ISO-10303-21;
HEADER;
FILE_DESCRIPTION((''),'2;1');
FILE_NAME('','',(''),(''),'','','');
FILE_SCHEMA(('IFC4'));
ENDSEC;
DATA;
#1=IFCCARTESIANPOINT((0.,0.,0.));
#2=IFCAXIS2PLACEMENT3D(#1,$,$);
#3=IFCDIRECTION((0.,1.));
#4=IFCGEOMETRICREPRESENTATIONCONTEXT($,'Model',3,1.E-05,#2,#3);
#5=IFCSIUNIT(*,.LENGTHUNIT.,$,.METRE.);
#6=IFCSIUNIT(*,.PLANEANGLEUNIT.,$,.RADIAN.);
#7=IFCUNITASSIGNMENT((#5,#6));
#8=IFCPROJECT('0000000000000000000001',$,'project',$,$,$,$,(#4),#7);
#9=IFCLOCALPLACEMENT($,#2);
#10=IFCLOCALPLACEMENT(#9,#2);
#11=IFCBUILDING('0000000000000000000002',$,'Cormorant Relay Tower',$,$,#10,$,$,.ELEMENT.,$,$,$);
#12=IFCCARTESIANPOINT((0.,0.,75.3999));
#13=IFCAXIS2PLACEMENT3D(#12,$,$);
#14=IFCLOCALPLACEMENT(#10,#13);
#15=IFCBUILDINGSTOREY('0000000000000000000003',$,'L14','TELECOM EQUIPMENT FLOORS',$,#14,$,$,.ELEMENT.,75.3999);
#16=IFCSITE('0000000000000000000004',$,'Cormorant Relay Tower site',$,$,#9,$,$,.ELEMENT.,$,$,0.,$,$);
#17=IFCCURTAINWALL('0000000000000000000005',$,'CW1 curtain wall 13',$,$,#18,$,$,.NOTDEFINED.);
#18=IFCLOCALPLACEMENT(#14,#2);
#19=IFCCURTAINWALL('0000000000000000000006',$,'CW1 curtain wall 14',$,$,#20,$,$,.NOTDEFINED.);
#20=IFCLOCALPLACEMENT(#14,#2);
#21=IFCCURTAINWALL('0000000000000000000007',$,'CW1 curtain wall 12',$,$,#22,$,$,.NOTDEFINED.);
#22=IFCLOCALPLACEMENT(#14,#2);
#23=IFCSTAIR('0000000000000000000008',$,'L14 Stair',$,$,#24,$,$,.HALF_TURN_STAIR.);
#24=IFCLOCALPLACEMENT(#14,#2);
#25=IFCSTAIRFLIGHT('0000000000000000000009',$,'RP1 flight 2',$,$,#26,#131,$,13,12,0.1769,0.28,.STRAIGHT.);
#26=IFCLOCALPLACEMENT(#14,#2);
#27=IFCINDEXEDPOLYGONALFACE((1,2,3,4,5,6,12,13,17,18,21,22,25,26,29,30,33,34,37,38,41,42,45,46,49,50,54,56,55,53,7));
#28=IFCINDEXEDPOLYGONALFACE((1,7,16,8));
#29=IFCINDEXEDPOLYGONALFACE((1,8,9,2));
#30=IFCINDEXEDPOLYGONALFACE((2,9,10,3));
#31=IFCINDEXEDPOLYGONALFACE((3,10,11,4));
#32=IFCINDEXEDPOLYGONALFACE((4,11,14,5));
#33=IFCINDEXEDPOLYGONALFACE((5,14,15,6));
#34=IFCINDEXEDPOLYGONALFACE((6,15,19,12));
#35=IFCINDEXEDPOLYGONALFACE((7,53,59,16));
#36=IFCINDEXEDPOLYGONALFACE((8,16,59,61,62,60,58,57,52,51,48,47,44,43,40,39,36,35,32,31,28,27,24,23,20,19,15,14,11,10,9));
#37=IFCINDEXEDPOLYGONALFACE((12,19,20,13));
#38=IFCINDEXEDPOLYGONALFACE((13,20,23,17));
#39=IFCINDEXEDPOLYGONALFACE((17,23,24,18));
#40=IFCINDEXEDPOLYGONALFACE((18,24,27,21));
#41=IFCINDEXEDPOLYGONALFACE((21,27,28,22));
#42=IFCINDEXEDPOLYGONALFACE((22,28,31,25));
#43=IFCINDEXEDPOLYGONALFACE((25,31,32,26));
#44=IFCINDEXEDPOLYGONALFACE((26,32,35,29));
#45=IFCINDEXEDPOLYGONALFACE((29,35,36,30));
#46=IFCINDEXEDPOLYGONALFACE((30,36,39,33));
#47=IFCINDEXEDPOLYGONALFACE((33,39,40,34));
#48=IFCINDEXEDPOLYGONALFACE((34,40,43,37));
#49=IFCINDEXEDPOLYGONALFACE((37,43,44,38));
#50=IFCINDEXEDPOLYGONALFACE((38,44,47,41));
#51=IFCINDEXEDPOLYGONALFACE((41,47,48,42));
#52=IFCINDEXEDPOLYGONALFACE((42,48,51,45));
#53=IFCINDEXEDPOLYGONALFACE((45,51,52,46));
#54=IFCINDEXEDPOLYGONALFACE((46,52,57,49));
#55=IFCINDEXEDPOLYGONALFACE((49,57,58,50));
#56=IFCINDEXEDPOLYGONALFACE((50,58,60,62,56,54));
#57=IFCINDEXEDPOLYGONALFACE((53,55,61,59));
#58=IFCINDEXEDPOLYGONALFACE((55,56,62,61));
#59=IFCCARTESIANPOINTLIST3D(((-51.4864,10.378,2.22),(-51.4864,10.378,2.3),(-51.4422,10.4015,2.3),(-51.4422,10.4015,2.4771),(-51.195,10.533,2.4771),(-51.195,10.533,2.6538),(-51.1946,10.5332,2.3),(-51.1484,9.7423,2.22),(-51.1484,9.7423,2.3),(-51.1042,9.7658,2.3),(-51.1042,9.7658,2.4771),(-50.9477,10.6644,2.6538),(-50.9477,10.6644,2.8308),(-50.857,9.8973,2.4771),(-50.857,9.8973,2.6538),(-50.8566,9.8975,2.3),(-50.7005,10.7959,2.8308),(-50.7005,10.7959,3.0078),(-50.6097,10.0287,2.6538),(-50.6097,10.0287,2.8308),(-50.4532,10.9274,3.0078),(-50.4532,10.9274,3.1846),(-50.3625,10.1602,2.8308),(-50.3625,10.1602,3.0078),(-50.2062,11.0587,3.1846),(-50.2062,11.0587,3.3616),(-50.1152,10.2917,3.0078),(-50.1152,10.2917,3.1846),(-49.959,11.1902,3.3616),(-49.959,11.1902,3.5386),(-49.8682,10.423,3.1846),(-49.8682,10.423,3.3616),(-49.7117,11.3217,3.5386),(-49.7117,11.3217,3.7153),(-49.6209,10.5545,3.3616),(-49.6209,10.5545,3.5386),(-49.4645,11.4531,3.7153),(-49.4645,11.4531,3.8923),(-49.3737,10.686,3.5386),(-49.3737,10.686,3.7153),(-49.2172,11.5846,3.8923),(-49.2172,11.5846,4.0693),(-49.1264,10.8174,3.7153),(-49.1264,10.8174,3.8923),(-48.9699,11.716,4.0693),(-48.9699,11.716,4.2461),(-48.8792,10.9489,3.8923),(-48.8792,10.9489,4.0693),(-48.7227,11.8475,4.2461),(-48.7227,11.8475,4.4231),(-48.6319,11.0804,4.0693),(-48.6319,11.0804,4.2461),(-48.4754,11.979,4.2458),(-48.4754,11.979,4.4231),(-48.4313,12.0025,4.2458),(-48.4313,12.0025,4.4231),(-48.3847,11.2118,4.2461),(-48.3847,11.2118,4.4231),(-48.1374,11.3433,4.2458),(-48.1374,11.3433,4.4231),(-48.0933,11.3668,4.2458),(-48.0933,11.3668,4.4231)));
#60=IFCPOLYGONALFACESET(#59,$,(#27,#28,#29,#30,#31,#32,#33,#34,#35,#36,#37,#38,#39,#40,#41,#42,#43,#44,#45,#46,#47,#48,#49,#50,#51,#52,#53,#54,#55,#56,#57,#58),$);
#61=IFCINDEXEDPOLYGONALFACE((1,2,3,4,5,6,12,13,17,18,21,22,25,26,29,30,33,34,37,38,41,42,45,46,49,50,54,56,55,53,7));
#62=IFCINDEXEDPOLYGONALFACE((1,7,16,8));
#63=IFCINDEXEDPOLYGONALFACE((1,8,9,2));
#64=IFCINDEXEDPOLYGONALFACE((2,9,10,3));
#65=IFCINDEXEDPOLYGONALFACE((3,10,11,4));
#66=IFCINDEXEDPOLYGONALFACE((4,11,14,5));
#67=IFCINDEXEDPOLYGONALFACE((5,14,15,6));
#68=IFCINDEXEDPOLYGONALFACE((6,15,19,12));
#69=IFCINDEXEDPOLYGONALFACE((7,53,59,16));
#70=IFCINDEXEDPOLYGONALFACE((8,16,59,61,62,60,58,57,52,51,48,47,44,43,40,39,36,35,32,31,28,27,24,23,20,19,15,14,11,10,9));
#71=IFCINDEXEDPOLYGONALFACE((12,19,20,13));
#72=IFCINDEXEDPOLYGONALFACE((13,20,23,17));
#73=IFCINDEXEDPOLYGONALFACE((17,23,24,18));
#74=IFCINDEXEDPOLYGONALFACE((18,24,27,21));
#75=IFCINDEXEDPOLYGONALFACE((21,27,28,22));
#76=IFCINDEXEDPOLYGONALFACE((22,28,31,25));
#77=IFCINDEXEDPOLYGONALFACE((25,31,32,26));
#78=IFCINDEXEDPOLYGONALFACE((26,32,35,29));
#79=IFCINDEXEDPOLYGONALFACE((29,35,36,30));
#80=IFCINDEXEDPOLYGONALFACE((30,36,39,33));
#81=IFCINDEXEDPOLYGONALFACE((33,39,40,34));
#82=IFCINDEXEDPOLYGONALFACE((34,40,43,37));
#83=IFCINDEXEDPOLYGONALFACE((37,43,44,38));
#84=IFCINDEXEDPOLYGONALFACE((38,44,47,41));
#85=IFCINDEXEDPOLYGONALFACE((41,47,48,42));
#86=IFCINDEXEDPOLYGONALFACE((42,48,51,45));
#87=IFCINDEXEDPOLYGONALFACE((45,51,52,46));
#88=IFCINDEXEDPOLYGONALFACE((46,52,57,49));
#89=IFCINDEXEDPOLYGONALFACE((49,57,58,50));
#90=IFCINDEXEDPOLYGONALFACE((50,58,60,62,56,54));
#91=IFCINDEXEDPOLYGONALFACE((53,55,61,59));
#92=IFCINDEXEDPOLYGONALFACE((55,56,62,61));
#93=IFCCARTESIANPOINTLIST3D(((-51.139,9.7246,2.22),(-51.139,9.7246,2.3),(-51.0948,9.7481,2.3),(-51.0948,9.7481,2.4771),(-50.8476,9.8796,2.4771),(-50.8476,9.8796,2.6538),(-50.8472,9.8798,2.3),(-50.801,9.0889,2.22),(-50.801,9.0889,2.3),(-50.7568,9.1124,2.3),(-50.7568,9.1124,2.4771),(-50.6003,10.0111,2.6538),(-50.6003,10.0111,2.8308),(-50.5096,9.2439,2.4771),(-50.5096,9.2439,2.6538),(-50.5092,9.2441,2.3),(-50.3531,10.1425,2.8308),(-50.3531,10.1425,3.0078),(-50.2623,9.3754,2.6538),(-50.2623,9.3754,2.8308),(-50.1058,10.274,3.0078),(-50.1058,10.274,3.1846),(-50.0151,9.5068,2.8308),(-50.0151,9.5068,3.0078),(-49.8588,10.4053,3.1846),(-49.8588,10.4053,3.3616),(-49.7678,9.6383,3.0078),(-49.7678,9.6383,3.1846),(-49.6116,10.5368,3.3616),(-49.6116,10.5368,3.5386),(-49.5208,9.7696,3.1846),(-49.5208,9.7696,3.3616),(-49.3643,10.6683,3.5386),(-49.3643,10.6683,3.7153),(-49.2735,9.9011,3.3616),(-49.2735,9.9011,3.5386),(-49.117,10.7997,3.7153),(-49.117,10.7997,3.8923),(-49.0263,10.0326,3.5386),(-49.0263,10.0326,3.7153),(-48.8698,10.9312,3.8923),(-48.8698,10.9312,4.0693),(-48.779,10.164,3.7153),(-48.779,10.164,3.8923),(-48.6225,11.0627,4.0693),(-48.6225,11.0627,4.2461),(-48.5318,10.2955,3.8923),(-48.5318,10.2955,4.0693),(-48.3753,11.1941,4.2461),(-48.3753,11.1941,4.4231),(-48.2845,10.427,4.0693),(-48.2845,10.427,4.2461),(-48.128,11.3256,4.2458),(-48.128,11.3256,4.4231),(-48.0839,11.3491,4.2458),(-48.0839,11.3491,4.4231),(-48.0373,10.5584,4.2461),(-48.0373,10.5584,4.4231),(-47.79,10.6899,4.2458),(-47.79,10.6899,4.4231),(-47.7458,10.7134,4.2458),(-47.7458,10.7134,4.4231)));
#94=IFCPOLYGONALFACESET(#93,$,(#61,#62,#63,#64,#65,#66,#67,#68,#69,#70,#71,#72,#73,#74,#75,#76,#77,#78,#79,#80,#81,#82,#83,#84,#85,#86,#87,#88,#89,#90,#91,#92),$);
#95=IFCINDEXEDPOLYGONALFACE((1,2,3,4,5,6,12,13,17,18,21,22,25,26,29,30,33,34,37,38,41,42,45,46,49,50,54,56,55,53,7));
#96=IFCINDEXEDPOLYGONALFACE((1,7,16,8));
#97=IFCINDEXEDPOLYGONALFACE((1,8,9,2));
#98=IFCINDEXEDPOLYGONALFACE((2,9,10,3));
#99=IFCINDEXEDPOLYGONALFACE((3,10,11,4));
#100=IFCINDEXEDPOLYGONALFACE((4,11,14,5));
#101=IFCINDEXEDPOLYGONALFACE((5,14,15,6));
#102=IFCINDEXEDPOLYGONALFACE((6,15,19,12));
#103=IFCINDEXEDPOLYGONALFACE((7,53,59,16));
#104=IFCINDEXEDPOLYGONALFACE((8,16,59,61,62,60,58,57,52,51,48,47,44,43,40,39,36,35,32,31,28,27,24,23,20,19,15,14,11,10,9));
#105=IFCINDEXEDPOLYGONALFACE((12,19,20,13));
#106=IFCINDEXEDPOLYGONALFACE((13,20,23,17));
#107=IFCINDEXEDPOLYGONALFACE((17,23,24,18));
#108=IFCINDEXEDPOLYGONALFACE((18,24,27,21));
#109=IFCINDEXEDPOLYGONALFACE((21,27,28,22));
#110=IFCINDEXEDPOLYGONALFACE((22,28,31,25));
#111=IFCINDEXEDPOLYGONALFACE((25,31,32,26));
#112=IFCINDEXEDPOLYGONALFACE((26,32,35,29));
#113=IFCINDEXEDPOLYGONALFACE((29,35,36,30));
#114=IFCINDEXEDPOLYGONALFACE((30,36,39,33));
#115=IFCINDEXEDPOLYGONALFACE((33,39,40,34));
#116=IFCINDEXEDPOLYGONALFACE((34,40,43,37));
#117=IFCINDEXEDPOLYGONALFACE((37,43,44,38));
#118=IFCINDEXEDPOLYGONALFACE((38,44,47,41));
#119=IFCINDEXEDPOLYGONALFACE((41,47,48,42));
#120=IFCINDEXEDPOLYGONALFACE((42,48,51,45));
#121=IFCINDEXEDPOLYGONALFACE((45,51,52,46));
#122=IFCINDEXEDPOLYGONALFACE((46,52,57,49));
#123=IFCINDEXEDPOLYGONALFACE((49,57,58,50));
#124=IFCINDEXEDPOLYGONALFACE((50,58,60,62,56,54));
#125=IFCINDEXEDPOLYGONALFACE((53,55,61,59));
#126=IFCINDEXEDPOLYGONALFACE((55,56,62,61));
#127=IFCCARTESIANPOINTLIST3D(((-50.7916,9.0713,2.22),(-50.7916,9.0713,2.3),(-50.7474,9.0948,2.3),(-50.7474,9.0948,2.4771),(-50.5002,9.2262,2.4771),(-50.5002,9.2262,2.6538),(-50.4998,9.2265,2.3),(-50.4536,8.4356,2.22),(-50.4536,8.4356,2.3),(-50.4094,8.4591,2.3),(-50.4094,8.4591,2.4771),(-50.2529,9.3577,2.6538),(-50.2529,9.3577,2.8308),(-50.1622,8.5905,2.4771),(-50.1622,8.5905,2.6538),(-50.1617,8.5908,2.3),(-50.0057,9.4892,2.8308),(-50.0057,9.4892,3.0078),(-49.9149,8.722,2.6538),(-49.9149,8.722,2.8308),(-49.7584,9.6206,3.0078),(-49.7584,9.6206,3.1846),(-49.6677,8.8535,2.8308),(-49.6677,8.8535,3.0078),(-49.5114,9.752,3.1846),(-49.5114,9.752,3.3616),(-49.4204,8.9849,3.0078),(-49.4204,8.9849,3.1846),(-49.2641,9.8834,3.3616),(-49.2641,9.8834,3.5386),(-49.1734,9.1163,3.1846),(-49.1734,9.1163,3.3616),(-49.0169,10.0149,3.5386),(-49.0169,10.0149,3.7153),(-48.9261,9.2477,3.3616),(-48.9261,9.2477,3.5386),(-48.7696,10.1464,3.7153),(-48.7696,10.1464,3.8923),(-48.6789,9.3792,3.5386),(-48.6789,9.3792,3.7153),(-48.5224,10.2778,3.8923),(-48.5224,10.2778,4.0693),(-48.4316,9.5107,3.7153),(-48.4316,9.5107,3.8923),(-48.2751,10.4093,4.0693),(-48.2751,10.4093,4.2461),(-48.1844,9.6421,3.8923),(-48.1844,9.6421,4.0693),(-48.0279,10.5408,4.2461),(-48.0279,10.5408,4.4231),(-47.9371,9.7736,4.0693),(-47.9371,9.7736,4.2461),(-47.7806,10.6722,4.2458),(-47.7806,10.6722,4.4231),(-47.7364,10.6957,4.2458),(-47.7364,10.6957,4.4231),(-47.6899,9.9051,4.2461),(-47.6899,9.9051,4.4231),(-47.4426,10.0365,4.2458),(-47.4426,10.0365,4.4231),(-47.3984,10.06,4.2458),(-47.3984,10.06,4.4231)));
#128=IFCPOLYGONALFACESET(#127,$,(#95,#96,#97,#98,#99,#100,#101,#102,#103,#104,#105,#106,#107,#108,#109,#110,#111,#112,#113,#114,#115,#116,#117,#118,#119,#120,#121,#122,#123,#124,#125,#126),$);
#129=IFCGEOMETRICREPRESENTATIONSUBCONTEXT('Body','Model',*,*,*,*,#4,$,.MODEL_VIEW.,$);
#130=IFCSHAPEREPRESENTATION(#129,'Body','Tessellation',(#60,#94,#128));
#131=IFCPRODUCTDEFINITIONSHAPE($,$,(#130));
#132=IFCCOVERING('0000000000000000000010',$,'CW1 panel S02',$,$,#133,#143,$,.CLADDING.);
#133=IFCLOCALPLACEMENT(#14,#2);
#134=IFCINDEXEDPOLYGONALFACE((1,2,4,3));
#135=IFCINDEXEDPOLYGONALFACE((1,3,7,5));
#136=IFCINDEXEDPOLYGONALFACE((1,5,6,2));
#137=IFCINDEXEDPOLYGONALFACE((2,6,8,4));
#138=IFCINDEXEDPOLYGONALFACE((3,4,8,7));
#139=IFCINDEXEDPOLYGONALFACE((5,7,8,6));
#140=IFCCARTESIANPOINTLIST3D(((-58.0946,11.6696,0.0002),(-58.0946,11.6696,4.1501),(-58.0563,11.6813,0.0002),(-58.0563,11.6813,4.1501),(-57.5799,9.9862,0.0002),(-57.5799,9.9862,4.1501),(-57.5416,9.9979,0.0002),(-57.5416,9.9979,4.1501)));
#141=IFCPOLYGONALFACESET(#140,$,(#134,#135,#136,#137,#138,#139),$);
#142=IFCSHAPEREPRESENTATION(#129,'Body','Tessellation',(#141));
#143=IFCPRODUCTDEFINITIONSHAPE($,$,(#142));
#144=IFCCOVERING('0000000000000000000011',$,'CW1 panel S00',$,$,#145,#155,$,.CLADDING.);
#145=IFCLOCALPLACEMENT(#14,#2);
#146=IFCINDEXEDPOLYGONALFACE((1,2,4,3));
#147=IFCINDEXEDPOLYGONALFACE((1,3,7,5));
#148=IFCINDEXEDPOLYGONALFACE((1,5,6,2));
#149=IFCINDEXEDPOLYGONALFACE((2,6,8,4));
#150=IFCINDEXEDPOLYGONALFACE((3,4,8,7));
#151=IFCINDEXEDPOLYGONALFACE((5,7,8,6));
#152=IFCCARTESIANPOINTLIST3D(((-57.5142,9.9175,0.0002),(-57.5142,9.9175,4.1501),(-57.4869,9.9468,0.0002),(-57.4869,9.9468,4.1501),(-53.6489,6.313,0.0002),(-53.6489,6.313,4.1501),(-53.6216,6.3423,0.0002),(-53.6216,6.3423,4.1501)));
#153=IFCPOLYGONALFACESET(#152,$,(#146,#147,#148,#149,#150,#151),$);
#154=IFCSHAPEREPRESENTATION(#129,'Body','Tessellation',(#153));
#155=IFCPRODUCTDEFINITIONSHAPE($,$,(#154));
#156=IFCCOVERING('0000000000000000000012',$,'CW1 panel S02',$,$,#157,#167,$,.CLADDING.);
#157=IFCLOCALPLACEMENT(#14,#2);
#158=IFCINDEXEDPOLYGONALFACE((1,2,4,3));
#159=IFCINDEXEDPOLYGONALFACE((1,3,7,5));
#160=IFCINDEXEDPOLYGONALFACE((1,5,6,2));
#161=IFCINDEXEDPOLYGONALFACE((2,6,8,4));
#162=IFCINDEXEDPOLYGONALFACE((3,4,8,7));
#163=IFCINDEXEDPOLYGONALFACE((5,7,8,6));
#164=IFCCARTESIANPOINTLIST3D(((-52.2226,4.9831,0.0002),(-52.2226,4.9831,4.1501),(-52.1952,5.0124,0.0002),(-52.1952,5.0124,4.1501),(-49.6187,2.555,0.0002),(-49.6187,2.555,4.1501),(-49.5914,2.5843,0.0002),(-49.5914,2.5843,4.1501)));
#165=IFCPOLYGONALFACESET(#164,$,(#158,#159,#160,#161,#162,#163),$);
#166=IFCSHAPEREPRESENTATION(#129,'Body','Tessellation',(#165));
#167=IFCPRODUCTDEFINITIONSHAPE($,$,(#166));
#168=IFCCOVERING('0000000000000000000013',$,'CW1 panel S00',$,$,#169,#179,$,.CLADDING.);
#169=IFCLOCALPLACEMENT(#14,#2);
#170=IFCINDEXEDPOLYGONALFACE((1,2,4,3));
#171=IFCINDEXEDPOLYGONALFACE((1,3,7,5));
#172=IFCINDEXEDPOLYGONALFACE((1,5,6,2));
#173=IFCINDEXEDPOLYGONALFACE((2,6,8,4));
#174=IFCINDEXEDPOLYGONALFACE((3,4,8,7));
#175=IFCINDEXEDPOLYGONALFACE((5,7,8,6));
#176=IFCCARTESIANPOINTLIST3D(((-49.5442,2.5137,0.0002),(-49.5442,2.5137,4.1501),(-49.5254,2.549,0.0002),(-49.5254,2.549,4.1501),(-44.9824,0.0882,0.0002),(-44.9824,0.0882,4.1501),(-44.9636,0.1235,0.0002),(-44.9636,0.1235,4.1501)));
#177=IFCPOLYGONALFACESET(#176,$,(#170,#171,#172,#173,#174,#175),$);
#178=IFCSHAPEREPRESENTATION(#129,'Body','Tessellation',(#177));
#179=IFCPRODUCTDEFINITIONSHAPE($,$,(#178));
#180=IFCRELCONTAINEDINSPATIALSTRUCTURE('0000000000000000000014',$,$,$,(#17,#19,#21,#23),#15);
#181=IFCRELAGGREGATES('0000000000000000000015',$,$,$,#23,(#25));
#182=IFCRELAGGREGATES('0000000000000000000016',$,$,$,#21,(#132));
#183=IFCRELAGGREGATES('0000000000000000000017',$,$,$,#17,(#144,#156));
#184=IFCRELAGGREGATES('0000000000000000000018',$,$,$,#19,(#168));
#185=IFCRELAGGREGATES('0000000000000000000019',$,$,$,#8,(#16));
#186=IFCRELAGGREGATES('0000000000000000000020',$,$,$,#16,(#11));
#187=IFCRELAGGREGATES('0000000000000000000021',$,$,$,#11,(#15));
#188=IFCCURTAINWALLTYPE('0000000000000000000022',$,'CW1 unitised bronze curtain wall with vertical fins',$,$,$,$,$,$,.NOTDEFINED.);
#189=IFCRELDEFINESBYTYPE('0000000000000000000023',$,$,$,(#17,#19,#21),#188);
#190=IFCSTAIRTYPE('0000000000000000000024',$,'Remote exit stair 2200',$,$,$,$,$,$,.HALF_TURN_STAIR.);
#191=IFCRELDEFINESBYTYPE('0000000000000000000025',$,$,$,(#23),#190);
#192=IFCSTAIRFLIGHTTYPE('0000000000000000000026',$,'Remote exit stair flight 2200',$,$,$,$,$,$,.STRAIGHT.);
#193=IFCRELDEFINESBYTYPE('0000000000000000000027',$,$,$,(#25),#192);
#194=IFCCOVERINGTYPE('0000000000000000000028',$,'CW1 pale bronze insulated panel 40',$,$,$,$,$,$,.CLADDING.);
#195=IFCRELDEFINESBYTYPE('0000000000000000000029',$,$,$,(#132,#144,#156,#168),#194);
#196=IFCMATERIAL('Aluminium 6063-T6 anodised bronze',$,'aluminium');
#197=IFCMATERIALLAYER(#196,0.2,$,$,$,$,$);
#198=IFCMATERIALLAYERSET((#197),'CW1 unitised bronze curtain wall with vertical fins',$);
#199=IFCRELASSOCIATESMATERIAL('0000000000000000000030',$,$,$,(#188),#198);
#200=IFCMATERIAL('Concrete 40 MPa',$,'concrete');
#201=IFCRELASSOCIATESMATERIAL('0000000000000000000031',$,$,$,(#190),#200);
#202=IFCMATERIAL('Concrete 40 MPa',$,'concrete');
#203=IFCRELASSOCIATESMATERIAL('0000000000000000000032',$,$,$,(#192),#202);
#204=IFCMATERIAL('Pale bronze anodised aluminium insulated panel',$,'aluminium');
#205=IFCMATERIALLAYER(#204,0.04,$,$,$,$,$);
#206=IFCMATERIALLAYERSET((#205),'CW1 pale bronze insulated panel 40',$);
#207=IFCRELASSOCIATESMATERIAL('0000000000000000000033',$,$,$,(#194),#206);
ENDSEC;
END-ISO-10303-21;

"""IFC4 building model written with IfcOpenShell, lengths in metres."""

from ifc_helpers import new_model, si_unit, direction, frame, origin, origin_2d, place, context, subcontext, project, spatial, polyline, rectangle, outline, extrude, material, layer, layer_set, type_object, element, aggregate, save


model = new_model("IFC4")

# Units and contexts
model_context = context("Model", 3, precision=1e-05, world=origin(), true_north=direction((0.0, 1.0)))
body_context = subcontext(model_context, "Body", "Model", "MODEL_VIEW")
ifc_project = project(units=[si_unit("LENGTHUNIT", "METRE"), si_unit("PLANEANGLEUNIT", "RADIAN")], contexts=[model_context])

# Site, building, storey
site_placement = place(None, origin())
site = spatial("IfcSite", under=ifc_project, at=site_placement, Name="Cormorant Relay Tower site", CompositionType="ELEMENT", RefElevation=0.0)
building_placement = place(site_placement, origin())
building = spatial("IfcBuilding", under=site, at=building_placement, Name="Cormorant Relay Tower", CompositionType="ELEMENT")
storey_placement = place(building_placement, frame((0.0, 0.0, 75.3999)))
storey = spatial("IfcBuildingStorey", under=building, at=storey_placement, Name="L14", Description="TELECOM EQUIPMENT FLOORS", CompositionType="ELEMENT", Elevation=75.3999)

# Curtain wall
ifc_material_1 = material(Name="Aluminium 6063-T6 anodised bronze", Category="aluminium")
ifc_layer_1 = layer(ifc_material_1, 0.2)
ifc_layer_set_1 = layer_set([ifc_layer_1], Name="CW1 unitised bronze curtain wall with vertical fins")
curtain_wall_type = type_object("IfcCurtainWallType", Name="CW1 unitised bronze curtain wall with vertical fins", PredefinedType="NOTDEFINED", material=ifc_layer_set_1)
curtain_wall_1_placement = place(storey_placement, origin())
curtain_wall_1 = element("IfcCurtainWall", 1, at=curtain_wall_1_placement, inside=storey, type_object=curtain_wall_type, Name="CW1 curtain wall 13", PredefinedType="NOTDEFINED")

# Curtain wall
curtain_wall_2_placement = place(storey_placement, origin())
curtain_wall_2 = element("IfcCurtainWall", 2, at=curtain_wall_2_placement, inside=storey, type_object=curtain_wall_type, Name="CW1 curtain wall 14", PredefinedType="NOTDEFINED")

# Curtain wall
curtain_wall_3_placement = place(storey_placement, origin())
curtain_wall_3 = element("IfcCurtainWall", 3, at=curtain_wall_3_placement, inside=storey, type_object=curtain_wall_type, Name="CW1 curtain wall 12", PredefinedType="NOTDEFINED")

# Stair, stair flight
ifc_material_2 = material(Name="Concrete 40 MPa", Category="concrete")
stair_type = type_object("IfcStairType", Name="Remote exit stair 2200", PredefinedType="HALF_TURN_STAIR", material=ifc_material_2)
stair_placement = place(storey_placement, origin())
stair = element("IfcStair", 4, at=stair_placement, inside=storey, type_object=stair_type, Name="L14 Stair", PredefinedType="HALF_TURN_STAIR")
ifc_material_3 = material(Name="Concrete 40 MPa", Category="concrete")
stair_flight_type = type_object("IfcStairFlightType", Name="Remote exit stair flight 2200", PredefinedType="STRAIGHT", material=ifc_material_3)
stair_flight_1_placement = place(storey_placement, frame((-50.9258, 9.4302, 2.3), z_axis=(0.0, 0.0, 1.0), x_axis=(0.882948, 0.469472, 0.0)))
stair_flight_1 = element("IfcStairFlight", 5, at=stair_flight_1_placement, type_object=stair_flight_type, Name="RP1 flight 2", NumberOfRisers=13, NumberOfTreads=12, PredefinedType="STRAIGHT", RiserHeight=0.1769, TreadLength=0.28, context=body_context, shape_type="SweptSolid", body=[
    extrude(outline(polyline([(-0.05, -0.0801), (-0.05, 0.0), (0.0, 0.0), (0.0, 0.177), (0.28, 0.177), (0.28, 0.3538), (0.5601, 0.3538), (0.5601, 0.5308), (0.8401, 0.5308), (0.8401, 0.7078), (1.1201, 0.7078), (1.1201, 0.8845), (1.3999, 0.8845), (1.3999, 1.0615), (1.6799, 1.0615), (1.6799, 1.2385), (1.96, 1.2385), (1.96, 1.4153), (2.24, 1.4153), (2.24, 1.5923), (2.52, 1.5923), (2.52, 1.7693), (2.8, 1.7693), (2.8, 1.946), (3.0801, 1.946), (3.0801, 2.123), (3.3601, 2.123), (3.4102, 2.123), (3.4102, 1.9458), (3.3601, 1.9458), (0.2805, 0.0), (-0.05, -0.0801)])), frame((0.0, 1.1001, 0.0), z_axis=(0.0, -1.0, 0.0), x_axis=(1.0, 0.0, 0.0)), (0.0, 0.0, 1.0), 0.72),
    extrude(outline(polyline([(-0.05, -0.0801), (-0.05, 0.0), (0.0, 0.0), (0.0, 0.177), (0.28, 0.177), (0.28, 0.3538), (0.5601, 0.3538), (0.5601, 0.5308), (0.8401, 0.5308), (0.8401, 0.7078), (1.1201, 0.7078), (1.1201, 0.8845), (1.3999, 0.8845), (1.3999, 1.0615), (1.6799, 1.0615), (1.6799, 1.2385), (1.96, 1.2385), (1.96, 1.4153), (2.24, 1.4153), (2.24, 1.5923), (2.52, 1.5923), (2.52, 1.7693), (2.8, 1.7693), (2.8, 1.946), (3.0801, 1.946), (3.0801, 2.123), (3.3601, 2.123), (3.4102, 2.123), (3.4102, 1.9458), (3.3601, 1.9458), (0.2805, 0.0), (-0.05, -0.0801)])), frame((0.0, 0.3601, 0.0), z_axis=(0.0, -1.0, 0.0), x_axis=(1.0, 0.0, 0.0)), (0.0, 0.0, 1.0), 0.72),
    extrude(outline(polyline([(-0.05, -0.0801), (-0.05, 0.0), (0.0, 0.0), (0.0, 0.177), (0.28, 0.177), (0.28, 0.3538), (0.5601, 0.3538), (0.5601, 0.5308), (0.8401, 0.5308), (0.8401, 0.7078), (1.1201, 0.7078), (1.1201, 0.8845), (1.3999, 0.8845), (1.3999, 1.0615), (1.6799, 1.0615), (1.6799, 1.2385), (1.96, 1.2385), (1.96, 1.4153), (2.24, 1.4153), (2.24, 1.5923), (2.52, 1.5923), (2.52, 1.7693), (2.8, 1.7693), (2.8, 1.946), (3.0801, 1.946), (3.0801, 2.123), (3.3601, 2.123), (3.4102, 2.123), (3.4102, 1.9458), (3.3601, 1.9458), (0.2805, 0.0), (-0.05, -0.0801)])), frame((0.0, -0.3799, 0.0), z_axis=(0.0, -1.0, 0.0), x_axis=(1.0, 0.0, 0.0)), (0.0, 0.0, 1.0), 0.72),
])
aggregate(stair, [stair_flight_1])

# Coverings
ifc_material_4 = material(Name="Pale bronze anodised aluminium insulated panel", Category="aluminium")
ifc_layer_2 = layer(ifc_material_4, 0.04)
ifc_layer_set_2 = layer_set([ifc_layer_2], Name="CW1 pale bronze insulated panel 40")
covering_type = type_object("IfcCoveringType", Name="CW1 pale bronze insulated panel 40", PredefinedType="CLADDING", material=ifc_layer_set_2)
covering_1_placement = place(storey_placement, frame((-57.8181, 10.8337, 0.0002), z_axis=(0.0, 0.0, 1.0), x_axis=(0.292372, -0.956305, 0.0)))
covering_1 = element("IfcCovering", 6, at=covering_1_placement, type_object=covering_type, Name="CW1 panel S02", PredefinedType="CLADDING", context=body_context, shape_type="SweptSolid", body=[
    extrude(rectangle(XDim=1.7603, YDim=0.04, at=origin_2d()), origin(), (0.0, 0.0, 1.0), 4.1499),
])
aggregate(curtain_wall_3, [covering_1])
covering_2_placement = place(storey_placement, frame((-55.5679, 8.1299, 0.0002), z_axis=(0.0, 0.0, 1.0), x_axis=(0.731354, -0.681998, 0.0)))
covering_2 = element("IfcCovering", 7, at=covering_2_placement, type_object=covering_type, Name="CW1 panel S00", PredefinedType="CLADDING", context=body_context, shape_type="SweptSolid", body=[
    extrude(rectangle(XDim=5.2852, YDim=0.04, at=origin_2d()), origin(), (0.0, 0.0, 1.0), 4.1499),
])
covering_3_placement = place(storey_placement, frame((-50.907, 3.7837, 0.0002), z_axis=(0.0, 0.0, 1.0), x_axis=(0.731354, -0.681998, 0.0)))
covering_3 = element("IfcCovering", 8, at=covering_3_placement, type_object=covering_type, Name="CW1 panel S02", PredefinedType="CLADDING", context=body_context, shape_type="SweptSolid", body=[
    extrude(rectangle(XDim=3.5603, YDim=0.04, at=origin_2d()), origin(), (0.0, 0.0, 1.0), 4.1499),
])
aggregate(curtain_wall_1, [covering_2, covering_3])
covering_4_placement = place(storey_placement, frame((-47.2539, 1.3186, 0.0002), z_axis=(0.0, 0.0, 1.0), x_axis=(0.882948, -0.469472, 0.0)))
covering_4 = element("IfcCovering", 9, at=covering_4_placement, type_object=covering_type, Name="CW1 panel S00", PredefinedType="CLADDING", context=body_context, shape_type="SweptSolid", body=[
    extrude(rectangle(XDim=5.1665, YDim=0.04, at=origin_2d()), origin(), (0.0, 0.0, 1.0), 4.1499),
])
aggregate(curtain_wall_2, [covering_4])

save(model, "model.ifc")
